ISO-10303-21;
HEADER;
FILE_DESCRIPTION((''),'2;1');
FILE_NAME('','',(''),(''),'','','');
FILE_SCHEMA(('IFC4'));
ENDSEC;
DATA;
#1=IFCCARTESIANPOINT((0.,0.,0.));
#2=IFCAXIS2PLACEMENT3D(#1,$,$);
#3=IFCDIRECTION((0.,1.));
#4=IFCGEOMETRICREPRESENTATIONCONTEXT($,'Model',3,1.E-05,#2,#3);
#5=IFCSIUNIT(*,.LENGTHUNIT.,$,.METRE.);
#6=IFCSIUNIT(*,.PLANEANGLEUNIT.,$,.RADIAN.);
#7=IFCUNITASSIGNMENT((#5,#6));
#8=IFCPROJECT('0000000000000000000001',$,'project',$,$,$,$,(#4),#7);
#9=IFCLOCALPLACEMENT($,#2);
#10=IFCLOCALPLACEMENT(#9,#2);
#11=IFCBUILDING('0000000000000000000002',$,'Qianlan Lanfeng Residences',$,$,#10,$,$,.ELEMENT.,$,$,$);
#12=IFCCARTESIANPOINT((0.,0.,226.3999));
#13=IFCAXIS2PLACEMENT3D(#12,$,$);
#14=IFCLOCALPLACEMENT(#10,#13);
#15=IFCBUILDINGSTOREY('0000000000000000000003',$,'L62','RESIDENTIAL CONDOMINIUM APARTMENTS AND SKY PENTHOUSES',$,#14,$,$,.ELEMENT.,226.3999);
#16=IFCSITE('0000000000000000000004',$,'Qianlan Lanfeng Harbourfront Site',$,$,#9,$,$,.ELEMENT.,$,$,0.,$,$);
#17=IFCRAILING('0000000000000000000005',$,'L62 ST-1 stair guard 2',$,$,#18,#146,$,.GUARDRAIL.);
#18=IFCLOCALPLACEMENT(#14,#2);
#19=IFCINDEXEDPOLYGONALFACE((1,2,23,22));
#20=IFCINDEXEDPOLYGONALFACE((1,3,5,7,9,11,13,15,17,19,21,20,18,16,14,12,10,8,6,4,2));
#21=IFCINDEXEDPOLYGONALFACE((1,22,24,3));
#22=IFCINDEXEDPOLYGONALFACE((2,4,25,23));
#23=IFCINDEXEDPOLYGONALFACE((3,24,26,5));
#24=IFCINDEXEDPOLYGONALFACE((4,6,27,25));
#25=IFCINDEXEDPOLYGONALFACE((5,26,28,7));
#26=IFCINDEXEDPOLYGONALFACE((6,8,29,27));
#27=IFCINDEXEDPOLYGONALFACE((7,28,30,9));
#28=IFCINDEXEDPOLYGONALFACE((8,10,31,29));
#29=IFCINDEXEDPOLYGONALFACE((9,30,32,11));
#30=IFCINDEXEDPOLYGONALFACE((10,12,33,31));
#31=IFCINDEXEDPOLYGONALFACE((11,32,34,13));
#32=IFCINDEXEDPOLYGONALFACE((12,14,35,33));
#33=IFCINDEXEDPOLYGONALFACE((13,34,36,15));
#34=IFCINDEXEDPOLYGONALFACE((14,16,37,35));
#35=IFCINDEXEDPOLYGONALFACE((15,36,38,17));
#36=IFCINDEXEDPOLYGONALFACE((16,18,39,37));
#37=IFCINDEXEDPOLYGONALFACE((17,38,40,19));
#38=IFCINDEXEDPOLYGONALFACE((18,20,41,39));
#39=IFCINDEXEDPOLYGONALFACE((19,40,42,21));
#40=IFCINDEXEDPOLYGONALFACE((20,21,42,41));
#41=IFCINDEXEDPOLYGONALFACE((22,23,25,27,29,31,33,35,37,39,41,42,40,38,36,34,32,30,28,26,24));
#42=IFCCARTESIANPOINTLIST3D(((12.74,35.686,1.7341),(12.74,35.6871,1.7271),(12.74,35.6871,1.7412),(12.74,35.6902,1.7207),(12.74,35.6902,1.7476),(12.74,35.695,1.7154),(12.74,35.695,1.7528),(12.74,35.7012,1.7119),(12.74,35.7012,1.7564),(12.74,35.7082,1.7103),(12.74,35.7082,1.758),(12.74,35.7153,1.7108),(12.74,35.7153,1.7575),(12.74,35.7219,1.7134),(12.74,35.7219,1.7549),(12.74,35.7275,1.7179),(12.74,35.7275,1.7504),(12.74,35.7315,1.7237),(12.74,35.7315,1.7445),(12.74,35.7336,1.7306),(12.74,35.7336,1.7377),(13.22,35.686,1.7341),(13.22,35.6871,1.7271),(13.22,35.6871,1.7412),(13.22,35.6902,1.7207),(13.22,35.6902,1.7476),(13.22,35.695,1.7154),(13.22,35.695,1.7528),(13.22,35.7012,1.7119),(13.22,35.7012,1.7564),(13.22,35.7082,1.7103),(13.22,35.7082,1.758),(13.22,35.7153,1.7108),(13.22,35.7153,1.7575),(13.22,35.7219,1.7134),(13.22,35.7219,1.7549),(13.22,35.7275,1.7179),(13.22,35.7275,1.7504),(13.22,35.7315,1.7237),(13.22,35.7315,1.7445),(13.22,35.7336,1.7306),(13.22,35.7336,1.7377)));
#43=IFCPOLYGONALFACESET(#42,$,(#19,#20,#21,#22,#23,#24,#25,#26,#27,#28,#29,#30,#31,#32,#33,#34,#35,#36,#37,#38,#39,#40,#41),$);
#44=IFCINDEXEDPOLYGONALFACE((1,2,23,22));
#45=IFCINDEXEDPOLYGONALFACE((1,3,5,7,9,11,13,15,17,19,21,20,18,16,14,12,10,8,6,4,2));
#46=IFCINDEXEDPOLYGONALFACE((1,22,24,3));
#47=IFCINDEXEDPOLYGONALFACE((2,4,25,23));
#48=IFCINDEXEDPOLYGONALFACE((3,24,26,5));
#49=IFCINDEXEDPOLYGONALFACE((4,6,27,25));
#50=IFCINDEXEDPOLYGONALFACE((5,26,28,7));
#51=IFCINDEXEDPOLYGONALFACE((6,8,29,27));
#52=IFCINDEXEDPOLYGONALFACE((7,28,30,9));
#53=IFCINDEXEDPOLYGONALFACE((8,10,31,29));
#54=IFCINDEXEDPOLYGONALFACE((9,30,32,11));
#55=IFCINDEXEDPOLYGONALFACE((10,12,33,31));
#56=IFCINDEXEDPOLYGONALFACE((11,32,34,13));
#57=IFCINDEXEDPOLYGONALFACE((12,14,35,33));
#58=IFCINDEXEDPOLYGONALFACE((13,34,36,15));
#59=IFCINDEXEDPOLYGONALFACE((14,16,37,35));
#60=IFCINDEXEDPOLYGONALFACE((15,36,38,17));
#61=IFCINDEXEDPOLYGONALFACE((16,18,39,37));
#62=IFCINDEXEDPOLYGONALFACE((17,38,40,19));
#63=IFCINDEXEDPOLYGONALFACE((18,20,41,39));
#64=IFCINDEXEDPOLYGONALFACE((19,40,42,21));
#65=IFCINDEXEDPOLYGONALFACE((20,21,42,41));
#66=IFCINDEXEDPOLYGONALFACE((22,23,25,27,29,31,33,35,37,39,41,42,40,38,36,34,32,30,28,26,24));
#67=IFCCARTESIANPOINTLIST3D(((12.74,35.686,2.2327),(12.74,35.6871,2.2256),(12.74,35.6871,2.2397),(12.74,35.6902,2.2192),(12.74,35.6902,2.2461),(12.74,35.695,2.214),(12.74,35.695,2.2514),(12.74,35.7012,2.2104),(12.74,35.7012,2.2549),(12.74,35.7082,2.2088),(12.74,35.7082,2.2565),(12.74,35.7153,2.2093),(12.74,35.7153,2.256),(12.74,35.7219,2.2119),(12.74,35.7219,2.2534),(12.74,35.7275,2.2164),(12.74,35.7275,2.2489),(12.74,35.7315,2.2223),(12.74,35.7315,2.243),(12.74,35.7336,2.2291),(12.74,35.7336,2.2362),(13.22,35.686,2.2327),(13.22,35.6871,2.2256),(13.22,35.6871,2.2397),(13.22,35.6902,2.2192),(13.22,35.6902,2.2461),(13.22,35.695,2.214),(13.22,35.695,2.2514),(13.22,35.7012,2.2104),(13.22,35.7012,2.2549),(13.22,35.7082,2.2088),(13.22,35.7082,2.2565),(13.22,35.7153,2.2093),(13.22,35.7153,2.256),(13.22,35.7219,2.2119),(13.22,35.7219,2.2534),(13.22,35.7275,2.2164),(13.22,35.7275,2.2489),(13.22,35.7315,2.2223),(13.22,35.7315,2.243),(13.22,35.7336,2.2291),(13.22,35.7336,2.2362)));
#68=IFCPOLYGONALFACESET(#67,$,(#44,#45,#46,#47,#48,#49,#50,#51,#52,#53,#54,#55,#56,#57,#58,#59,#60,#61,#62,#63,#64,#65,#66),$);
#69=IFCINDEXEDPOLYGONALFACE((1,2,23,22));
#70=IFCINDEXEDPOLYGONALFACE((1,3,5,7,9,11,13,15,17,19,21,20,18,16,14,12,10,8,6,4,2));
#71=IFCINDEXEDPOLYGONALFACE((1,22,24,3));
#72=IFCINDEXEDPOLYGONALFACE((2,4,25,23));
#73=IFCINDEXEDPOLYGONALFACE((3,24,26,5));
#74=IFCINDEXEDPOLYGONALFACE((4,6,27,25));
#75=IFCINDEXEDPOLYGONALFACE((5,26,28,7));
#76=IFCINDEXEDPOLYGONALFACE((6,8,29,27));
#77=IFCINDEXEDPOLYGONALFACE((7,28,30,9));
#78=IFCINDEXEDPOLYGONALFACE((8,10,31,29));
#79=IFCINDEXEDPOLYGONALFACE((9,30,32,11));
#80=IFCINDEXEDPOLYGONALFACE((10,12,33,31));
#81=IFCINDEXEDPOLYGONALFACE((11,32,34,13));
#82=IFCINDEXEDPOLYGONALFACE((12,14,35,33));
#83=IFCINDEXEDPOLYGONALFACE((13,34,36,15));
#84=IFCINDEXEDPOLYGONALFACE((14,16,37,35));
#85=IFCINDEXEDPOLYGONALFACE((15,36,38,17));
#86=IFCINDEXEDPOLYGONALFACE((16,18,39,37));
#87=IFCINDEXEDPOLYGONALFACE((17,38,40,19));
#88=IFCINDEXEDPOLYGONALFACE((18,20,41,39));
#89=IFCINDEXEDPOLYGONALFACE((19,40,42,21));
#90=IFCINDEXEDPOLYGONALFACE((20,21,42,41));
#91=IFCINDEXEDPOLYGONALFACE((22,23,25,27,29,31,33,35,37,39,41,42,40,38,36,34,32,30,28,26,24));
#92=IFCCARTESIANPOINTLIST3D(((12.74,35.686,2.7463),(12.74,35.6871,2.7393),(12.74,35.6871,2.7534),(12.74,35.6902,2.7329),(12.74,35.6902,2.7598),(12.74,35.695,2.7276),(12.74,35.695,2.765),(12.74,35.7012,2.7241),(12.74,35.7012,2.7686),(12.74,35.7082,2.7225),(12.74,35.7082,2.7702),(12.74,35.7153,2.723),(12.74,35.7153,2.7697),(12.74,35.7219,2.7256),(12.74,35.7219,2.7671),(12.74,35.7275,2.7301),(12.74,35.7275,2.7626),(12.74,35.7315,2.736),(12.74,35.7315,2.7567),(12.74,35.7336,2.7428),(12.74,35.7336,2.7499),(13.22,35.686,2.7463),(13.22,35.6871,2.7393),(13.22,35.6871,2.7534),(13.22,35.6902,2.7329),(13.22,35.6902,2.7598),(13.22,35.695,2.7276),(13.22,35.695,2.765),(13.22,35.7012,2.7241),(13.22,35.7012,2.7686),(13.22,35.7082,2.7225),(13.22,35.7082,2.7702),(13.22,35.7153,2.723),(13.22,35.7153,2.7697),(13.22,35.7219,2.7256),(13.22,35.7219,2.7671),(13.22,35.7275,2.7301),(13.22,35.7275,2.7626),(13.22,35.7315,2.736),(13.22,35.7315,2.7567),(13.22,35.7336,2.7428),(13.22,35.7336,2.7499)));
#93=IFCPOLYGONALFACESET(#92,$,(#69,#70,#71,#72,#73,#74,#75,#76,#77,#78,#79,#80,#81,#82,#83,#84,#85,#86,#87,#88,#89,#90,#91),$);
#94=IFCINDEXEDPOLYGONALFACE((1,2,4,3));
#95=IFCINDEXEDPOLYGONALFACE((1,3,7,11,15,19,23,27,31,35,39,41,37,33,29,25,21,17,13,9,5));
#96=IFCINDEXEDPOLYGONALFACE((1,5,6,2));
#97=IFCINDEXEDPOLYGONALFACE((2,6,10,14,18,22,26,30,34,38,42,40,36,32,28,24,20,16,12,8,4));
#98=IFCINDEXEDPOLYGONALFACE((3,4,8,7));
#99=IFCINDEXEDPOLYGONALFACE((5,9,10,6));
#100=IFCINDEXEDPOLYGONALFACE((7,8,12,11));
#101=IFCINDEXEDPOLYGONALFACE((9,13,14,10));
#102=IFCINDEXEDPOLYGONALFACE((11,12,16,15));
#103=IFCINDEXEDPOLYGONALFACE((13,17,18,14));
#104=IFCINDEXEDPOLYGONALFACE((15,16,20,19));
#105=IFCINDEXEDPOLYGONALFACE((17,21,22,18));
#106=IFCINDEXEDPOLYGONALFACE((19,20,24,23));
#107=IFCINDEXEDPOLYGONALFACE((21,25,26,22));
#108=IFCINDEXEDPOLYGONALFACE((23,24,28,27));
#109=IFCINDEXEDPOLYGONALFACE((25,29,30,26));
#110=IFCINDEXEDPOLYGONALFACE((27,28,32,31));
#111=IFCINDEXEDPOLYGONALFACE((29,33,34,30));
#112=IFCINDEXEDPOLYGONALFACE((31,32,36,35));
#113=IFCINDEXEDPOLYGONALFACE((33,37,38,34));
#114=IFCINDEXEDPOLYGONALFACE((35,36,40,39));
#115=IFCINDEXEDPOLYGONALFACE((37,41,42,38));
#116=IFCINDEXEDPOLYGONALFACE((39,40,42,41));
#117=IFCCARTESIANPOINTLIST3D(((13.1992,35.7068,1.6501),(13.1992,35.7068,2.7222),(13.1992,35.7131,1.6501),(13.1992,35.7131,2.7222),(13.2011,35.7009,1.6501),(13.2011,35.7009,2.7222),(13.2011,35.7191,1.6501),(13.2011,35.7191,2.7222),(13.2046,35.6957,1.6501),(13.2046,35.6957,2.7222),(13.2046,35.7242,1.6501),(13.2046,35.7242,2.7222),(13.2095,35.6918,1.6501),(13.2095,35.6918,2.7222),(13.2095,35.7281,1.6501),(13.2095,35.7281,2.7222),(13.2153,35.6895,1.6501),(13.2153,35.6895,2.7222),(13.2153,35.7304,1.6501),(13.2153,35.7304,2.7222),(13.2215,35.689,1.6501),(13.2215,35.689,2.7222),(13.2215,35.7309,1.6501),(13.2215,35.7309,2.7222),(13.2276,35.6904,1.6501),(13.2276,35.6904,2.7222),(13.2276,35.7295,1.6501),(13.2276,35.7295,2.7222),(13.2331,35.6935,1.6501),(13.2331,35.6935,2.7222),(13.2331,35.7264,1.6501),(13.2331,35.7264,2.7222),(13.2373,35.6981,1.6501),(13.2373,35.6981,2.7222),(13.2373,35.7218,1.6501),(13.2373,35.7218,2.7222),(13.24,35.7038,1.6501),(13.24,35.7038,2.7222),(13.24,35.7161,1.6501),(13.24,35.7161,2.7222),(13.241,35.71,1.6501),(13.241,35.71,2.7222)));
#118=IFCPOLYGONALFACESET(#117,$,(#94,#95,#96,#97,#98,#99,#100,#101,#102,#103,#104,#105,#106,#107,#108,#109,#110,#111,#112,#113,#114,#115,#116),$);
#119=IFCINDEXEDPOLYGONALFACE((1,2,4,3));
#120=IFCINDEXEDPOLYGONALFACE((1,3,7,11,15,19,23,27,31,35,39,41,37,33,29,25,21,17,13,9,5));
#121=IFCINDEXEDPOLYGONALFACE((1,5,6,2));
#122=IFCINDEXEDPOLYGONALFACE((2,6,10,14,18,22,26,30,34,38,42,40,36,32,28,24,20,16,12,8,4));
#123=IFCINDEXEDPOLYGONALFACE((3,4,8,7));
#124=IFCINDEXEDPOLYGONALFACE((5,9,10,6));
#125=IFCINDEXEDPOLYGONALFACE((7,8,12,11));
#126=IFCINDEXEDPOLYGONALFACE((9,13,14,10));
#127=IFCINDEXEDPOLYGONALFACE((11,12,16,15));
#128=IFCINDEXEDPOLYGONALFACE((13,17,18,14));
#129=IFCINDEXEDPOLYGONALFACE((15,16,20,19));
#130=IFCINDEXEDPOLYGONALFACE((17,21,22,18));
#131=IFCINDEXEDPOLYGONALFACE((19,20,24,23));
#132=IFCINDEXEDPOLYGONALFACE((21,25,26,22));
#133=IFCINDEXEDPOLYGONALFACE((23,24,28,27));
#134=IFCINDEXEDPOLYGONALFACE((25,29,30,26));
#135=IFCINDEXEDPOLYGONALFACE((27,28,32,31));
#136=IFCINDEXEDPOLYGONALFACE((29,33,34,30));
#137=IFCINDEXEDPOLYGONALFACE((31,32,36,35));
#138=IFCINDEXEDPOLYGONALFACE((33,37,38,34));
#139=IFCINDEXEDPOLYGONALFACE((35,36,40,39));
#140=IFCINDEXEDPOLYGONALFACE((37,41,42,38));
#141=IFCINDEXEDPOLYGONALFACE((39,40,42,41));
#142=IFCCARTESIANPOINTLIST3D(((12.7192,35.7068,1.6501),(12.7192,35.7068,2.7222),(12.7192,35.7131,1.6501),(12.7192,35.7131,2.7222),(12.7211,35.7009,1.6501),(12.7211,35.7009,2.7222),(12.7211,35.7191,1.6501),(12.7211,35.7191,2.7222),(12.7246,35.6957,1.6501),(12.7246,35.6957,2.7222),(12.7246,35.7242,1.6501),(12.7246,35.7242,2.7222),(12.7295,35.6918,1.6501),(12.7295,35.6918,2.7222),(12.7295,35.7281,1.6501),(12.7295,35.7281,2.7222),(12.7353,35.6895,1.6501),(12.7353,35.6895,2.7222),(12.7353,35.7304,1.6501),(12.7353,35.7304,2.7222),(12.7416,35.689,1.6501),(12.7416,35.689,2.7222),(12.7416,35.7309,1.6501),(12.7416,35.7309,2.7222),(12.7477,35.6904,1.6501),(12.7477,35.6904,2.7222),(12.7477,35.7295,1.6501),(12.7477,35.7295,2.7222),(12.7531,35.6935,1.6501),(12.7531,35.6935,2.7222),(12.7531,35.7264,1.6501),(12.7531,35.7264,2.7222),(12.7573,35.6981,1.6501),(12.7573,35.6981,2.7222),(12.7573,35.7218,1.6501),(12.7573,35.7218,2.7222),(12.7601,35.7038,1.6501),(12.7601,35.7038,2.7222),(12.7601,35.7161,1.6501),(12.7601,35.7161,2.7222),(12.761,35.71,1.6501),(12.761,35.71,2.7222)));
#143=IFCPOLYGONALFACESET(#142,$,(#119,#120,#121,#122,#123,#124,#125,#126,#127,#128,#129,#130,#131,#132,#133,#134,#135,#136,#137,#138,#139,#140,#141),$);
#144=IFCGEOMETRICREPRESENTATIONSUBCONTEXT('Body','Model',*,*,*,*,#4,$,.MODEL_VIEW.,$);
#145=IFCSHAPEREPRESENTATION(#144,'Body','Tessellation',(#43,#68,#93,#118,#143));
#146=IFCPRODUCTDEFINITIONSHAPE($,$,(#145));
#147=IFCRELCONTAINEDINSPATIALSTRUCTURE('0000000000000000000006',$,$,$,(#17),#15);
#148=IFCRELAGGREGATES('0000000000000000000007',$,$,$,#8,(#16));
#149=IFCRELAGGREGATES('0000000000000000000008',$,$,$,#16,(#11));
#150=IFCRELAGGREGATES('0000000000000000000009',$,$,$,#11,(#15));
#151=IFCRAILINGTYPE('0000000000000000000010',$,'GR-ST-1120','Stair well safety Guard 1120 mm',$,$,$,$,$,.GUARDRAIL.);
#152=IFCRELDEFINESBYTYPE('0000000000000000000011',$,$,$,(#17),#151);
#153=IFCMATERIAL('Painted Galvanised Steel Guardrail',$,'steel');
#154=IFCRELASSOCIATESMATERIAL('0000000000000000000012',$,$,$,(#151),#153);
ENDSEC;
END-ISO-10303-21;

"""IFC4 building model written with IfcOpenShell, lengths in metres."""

from ifc_helpers import new_model, si_unit, direction, frame, origin, origin_2d, place, context, subcontext, project, spatial, circle, extrude, material, type_object, element, save


model = new_model("IFC4")

# Units and contexts
model_context = context("Model", 3, precision=1e-05, world=origin(), true_north=direction((0.0, 1.0)))
body_context = subcontext(model_context, "Body", "Model", "MODEL_VIEW")
ifc_project = project(units=[si_unit("LENGTHUNIT", "METRE"), si_unit("PLANEANGLEUNIT", "RADIAN")], contexts=[model_context])

# Site, building, storey
site_placement = place(None, origin())
site = spatial("IfcSite", under=ifc_project, at=site_placement, Name="Qianlan Lanfeng Harbourfront Site", CompositionType="ELEMENT", RefElevation=0.0)
building_placement = place(site_placement, origin())
building = spatial("IfcBuilding", under=site, at=building_placement, Name="Qianlan Lanfeng Residences", CompositionType="ELEMENT")
storey_placement = place(building_placement, frame((0.0, 0.0, 226.3999)))
storey = spatial("IfcBuildingStorey", under=building, at=storey_placement, Name="L62", Description="RESIDENTIAL CONDOMINIUM APARTMENTS AND SKY PENTHOUSES", CompositionType="ELEMENT", Elevation=226.3999)

# Railing
ifc_material_1 = material(Name="Painted Galvanised Steel Guardrail", Category="steel")
railing_type_1 = type_object("IfcRailingType", Name="GR-ST-1120", Description="Stair well safety Guard 1120 mm", PredefinedType="GUARDRAIL", material=ifc_material_1)
railing_1_placement = place(storey_placement, frame((13.22, 35.71, 1.6501)))
element("IfcRailing", 1, at=railing_1_placement, inside=storey, type_object=railing_type_1, Name="L62 ST-1 stair guard 2", PredefinedType="GUARDRAIL", context=body_context, shape_type="SweptSolid", body=[
    extrude(circle(Radius=0.0239, at=origin_2d()), frame((0.0, 0.0, 0.084), z_axis=(-1.0, 0.0, 0.0), x_axis=(0.0, -1.0, 0.0)), (0.0, 0.0, 1.0), 0.48),
    extrude(circle(Radius=0.0239, at=origin_2d()), frame((0.0, 0.0, 0.5825), z_axis=(-1.0, 0.0, 0.0), x_axis=(0.0, -1.0, 0.0)), (0.0, 0.0, 1.0), 0.48),
    extrude(circle(Radius=0.0239, at=origin_2d()), frame((0.0, 0.0, 1.0962), z_axis=(-1.0, 0.0, 0.0), x_axis=(0.0, -1.0, 0.0)), (0.0, 0.0, 1.0), 0.48),
    extrude(circle(Radius=0.021, at=origin_2d()), origin(), (0.0, 0.0, 1.0), 1.072),
    extrude(circle(Radius=0.021, at=origin_2d()), frame((-0.48, 0.0, 0.0)), (0.0, 0.0, 1.0), 1.072),
])

save(model, "model.ifc")
